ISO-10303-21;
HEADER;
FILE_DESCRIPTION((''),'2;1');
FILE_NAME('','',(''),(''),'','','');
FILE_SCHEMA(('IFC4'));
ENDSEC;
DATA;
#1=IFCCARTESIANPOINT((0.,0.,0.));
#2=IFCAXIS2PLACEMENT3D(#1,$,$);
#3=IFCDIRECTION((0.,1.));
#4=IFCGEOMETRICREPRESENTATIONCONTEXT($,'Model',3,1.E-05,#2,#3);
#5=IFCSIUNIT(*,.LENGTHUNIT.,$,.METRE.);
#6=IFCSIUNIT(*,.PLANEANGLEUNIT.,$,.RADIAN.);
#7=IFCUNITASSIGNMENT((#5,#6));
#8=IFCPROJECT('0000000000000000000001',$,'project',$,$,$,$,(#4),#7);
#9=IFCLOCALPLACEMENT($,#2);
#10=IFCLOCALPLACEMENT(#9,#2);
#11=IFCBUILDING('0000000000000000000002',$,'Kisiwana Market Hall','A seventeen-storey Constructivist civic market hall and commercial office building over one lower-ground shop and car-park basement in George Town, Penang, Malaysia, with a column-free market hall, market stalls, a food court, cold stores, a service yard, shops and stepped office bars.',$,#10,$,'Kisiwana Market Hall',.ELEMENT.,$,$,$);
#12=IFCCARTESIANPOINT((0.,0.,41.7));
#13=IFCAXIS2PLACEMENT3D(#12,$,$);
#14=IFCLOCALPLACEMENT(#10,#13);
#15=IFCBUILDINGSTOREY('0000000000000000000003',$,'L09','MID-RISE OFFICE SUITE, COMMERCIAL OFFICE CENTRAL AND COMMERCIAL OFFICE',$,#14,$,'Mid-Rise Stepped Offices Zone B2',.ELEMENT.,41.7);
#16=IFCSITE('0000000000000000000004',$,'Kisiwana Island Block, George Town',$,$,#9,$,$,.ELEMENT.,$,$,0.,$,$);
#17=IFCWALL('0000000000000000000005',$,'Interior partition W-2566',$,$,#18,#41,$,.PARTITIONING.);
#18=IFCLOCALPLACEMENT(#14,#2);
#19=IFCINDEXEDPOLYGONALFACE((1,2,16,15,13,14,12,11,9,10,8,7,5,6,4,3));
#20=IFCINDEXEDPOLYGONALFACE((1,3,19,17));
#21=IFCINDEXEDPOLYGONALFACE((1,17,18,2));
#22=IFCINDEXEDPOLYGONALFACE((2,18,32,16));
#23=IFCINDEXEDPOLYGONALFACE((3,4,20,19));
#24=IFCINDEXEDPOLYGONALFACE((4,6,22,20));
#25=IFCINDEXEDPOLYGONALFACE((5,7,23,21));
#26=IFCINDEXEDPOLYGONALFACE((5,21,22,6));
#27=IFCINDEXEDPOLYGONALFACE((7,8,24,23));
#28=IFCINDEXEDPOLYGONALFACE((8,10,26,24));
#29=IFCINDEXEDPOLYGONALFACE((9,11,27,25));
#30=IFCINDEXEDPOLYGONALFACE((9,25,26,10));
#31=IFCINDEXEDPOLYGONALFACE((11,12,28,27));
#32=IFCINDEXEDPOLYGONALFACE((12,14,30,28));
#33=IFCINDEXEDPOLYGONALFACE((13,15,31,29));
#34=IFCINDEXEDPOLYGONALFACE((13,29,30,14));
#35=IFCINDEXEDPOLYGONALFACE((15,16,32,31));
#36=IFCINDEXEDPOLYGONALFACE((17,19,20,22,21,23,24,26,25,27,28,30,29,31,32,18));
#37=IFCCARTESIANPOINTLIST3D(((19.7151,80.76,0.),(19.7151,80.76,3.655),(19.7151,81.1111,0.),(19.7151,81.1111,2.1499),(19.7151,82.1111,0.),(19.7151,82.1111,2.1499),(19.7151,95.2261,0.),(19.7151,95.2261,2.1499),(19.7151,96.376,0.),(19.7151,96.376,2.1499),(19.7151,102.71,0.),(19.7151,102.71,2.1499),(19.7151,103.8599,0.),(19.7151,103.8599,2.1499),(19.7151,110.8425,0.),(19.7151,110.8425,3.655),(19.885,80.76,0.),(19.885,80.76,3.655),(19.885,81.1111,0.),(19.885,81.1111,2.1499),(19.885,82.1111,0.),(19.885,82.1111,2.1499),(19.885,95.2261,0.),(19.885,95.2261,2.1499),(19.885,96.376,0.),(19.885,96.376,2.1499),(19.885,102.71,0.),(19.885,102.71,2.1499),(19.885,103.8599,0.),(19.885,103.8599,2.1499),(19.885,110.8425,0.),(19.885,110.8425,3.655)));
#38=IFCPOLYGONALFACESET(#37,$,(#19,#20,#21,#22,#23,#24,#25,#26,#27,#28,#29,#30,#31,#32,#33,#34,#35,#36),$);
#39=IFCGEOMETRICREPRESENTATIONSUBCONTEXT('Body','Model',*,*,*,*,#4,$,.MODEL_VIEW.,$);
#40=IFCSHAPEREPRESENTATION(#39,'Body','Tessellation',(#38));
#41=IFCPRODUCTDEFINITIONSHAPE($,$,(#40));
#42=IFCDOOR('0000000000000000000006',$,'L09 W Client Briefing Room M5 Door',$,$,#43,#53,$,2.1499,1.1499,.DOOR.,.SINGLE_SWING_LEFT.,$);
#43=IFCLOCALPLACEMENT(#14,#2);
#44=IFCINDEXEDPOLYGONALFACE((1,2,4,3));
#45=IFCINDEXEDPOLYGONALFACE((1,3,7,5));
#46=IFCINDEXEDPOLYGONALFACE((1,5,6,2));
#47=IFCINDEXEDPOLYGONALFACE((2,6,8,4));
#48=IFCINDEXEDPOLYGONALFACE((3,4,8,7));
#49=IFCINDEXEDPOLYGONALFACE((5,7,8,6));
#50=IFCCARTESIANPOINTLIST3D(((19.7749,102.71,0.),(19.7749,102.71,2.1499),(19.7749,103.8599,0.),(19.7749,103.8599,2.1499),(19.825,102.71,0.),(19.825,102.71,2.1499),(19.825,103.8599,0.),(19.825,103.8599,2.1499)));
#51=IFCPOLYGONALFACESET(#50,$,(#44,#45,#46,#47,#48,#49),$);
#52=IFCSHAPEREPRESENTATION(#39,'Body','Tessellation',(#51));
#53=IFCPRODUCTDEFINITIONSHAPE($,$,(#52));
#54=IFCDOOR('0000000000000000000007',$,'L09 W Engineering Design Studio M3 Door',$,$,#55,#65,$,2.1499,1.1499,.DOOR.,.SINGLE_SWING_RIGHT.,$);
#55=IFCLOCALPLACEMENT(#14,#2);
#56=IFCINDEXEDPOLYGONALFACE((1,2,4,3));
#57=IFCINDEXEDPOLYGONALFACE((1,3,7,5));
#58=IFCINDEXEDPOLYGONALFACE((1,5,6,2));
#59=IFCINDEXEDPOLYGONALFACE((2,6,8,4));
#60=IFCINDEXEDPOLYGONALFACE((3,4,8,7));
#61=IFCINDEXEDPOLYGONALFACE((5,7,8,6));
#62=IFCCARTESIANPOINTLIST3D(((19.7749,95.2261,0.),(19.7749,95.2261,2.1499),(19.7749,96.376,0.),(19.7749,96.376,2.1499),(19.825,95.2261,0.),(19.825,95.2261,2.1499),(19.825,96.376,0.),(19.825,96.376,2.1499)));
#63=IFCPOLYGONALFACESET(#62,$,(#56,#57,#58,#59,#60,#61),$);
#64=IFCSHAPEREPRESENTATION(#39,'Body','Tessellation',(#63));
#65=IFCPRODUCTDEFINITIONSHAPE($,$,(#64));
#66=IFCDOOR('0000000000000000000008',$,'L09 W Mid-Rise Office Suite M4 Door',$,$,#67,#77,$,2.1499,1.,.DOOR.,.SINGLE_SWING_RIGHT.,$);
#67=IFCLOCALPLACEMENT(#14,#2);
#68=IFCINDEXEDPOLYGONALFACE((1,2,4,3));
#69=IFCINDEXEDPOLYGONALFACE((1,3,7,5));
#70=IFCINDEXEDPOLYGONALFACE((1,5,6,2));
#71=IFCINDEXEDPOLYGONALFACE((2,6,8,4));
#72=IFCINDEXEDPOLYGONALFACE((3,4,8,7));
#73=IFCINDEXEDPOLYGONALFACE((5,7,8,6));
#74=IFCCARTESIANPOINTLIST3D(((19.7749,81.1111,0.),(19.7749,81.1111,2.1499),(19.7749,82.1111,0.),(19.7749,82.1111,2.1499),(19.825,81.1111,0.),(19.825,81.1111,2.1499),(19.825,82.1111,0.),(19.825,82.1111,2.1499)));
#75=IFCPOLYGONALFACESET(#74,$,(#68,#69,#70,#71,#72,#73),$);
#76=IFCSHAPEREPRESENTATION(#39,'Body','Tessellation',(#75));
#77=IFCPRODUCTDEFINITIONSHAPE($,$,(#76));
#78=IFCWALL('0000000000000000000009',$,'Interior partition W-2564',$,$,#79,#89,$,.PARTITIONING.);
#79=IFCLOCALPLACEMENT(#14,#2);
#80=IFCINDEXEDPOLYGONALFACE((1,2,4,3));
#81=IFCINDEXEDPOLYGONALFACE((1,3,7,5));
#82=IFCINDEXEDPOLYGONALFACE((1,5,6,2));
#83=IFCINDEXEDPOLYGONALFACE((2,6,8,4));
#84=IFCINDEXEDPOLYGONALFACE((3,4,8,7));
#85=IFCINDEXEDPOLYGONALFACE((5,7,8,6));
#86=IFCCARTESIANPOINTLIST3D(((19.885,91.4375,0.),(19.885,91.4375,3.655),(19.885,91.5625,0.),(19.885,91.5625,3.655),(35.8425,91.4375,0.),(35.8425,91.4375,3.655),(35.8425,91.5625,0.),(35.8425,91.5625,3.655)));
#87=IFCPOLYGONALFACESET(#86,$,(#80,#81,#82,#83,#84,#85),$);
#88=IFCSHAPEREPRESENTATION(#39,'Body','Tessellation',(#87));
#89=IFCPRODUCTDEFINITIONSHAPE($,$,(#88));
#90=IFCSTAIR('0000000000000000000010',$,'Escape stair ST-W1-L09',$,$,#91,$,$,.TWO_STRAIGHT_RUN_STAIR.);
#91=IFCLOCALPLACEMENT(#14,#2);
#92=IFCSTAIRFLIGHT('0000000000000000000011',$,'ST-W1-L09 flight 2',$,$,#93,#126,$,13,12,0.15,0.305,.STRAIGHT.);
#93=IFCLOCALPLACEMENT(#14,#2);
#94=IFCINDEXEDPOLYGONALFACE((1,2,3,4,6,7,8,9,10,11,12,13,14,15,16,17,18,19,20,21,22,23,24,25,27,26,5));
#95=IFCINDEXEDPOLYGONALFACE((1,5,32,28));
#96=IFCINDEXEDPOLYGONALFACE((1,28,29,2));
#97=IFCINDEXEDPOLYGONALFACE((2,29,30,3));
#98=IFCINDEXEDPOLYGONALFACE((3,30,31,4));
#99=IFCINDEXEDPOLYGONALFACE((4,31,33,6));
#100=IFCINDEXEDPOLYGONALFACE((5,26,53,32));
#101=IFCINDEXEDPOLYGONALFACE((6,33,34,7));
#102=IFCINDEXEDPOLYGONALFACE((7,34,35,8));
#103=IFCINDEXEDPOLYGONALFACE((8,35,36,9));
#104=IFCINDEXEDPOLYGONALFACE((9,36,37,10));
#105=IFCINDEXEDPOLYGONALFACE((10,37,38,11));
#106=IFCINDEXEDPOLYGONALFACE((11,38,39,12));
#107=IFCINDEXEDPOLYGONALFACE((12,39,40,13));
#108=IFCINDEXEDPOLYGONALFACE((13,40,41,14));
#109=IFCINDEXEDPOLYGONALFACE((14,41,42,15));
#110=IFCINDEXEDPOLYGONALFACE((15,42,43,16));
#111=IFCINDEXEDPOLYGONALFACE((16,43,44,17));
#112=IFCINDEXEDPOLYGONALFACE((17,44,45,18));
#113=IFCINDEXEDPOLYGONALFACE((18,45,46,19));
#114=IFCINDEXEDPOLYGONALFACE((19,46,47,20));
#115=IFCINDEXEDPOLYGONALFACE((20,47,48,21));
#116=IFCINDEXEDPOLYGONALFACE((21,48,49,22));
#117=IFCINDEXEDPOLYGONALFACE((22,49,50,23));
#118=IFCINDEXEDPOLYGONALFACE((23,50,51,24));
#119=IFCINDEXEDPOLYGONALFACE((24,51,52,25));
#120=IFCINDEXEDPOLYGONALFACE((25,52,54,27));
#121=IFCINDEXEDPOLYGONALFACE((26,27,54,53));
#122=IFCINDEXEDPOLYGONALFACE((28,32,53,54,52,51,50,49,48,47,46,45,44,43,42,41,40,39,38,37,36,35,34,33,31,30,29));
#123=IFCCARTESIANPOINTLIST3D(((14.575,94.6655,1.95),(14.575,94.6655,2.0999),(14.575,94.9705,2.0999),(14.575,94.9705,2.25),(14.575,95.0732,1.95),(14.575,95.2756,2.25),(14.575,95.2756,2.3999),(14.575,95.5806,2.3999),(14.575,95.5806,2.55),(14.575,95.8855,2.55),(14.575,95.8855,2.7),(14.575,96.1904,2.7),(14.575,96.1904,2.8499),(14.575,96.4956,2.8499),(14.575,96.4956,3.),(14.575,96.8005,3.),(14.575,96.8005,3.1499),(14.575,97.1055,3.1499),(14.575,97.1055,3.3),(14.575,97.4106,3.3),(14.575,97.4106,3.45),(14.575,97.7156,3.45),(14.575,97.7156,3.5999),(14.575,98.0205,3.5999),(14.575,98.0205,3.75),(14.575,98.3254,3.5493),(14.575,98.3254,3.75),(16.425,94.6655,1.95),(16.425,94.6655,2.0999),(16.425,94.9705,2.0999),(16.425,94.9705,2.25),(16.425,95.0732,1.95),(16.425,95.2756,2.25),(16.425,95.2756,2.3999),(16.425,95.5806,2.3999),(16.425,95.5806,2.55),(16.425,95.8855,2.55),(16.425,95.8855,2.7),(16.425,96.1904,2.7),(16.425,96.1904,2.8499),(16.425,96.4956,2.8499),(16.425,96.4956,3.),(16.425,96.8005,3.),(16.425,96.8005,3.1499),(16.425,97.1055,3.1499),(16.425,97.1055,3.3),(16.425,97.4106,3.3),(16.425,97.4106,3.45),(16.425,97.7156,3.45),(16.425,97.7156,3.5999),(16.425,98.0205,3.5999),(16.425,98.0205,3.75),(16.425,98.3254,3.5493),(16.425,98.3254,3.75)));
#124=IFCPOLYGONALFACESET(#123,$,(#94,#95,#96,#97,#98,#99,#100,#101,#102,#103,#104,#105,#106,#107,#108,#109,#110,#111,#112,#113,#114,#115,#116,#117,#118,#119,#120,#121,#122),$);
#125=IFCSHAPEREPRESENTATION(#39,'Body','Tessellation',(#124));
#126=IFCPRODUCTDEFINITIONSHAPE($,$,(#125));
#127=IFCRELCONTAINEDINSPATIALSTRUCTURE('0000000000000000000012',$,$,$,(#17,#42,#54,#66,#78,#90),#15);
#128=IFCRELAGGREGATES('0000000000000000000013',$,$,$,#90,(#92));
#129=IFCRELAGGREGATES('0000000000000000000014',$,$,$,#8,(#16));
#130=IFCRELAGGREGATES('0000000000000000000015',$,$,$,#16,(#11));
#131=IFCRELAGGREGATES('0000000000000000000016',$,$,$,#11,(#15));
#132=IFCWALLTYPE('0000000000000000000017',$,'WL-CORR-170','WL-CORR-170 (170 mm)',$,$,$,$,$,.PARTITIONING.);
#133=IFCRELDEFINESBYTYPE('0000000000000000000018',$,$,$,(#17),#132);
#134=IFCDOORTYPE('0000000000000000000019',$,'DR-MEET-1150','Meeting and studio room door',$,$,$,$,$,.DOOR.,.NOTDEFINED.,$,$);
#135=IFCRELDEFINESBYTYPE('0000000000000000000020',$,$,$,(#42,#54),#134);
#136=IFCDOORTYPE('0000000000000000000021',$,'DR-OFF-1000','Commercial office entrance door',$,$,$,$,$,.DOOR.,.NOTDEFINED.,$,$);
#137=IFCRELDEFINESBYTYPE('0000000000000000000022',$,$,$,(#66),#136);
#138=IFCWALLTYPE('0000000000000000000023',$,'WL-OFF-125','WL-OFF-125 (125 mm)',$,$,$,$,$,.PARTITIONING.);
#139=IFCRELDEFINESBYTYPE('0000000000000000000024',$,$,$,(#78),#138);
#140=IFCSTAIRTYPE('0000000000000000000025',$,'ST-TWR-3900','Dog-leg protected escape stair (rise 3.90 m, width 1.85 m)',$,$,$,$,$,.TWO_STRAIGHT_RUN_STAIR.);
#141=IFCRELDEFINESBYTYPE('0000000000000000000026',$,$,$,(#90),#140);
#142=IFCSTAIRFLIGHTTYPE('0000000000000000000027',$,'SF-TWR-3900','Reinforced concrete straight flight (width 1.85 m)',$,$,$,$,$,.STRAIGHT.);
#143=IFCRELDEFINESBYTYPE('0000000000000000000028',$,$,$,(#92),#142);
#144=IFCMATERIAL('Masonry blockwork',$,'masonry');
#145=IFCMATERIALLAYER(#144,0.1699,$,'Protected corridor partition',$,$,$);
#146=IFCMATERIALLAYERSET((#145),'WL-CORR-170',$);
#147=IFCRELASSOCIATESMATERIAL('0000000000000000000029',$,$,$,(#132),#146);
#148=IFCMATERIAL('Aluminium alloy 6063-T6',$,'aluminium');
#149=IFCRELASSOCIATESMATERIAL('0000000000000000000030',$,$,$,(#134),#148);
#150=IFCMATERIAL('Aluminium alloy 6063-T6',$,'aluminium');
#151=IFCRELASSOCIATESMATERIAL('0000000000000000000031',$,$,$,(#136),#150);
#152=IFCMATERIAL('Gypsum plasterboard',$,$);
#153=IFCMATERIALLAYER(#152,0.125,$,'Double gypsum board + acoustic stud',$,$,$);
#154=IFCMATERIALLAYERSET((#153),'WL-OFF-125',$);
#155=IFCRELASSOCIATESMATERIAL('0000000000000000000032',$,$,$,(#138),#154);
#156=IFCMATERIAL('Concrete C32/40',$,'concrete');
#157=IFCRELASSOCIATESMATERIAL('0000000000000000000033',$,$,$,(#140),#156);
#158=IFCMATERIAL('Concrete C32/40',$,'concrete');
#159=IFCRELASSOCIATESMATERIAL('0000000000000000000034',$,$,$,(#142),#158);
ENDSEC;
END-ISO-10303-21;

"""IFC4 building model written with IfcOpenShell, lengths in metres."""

from ifc_helpers import new_model, si_unit, direction, frame, frame_2d, origin, place, context, subcontext, project, spatial, polyline, rectangle, outline, extrude, material, layer, layer_set, type_object, element, fill, aggregate, save


model = new_model("IFC4")

# Units and contexts
model_context = context("Model", 3, precision=1e-05, world=origin(), true_north=direction((0.0, 1.0)))
body_context = subcontext(model_context, "Body", "Model", "MODEL_VIEW")
ifc_project = project(units=[si_unit("LENGTHUNIT", "METRE"), si_unit("PLANEANGLEUNIT", "RADIAN")], contexts=[model_context])

# Site, building, storey
site_placement = place(None, origin())
site = spatial("IfcSite", under=ifc_project, at=site_placement, Name="Kisiwana Island Block, George Town", CompositionType="ELEMENT", RefElevation=0.0)
building_placement = place(site_placement, origin())
building = spatial("IfcBuilding", under=site, at=building_placement, Name="Kisiwana Market Hall", Description="A seventeen-storey Constructivist civic market hall and commercial office building over one lower-ground shop and car-park basement in George Town, Penang, Malaysia, with a column-free market hall, market stalls, a food court, cold stores, a service yard, shops and stepped office bars.", LongName="Kisiwana Market Hall", CompositionType="ELEMENT")
storey_placement = place(building_placement, frame((0.0, 0.0, 41.7)))
storey = spatial("IfcBuildingStorey", under=building, at=storey_placement, Name="L09", Description="MID-RISE OFFICE SUITE, COMMERCIAL OFFICE CENTRAL AND COMMERCIAL OFFICE", LongName="Mid-Rise Stepped Offices Zone B2", CompositionType="ELEMENT", Elevation=41.7)

# Wall, openings, doors
ifc_material_1 = material(Name="Masonry blockwork", Category="masonry")
ifc_layer_1 = layer(ifc_material_1, 0.1699, Name="Protected corridor partition")
ifc_layer_set_1 = layer_set([ifc_layer_1], Name="WL-CORR-170")
wall_type_1 = type_object("IfcWallType", Name="WL-CORR-170", Description="WL-CORR-170 (170 mm)", PredefinedType="PARTITIONING", material=ifc_layer_set_1)
wall_1_placement = place(storey_placement, frame((19.8, 80.76, 0.0), z_axis=(0.0, 0.0, 1.0), x_axis=(0.0, 1.0, 0.0)))
wall_1 = element("IfcWall", 1, at=wall_1_placement, inside=storey, type_object=wall_type_1, Name="Interior partition W-2566", PredefinedType="PARTITIONING", context=body_context, shape_type="SweptSolid", body=[
    extrude(rectangle(XDim=30.0825, YDim=0.1699, at=frame_2d((15.0413, 0.0))), origin(), (0.0, 0.0, 1.0), 3.655),
])
opening_1_placement = place(wall_1_placement, frame((0.3511, 0.0, 0.0)))
opening_1 = element("IfcOpeningElement", 2, at=opening_1_placement, cuts=wall_1, PredefinedType="OPENING", context=body_context, shape_type="SweptSolid", body=[
    extrude(rectangle(XDim=1.0, YDim=2.1499, at=frame_2d((0.5, 1.075))), frame((0.0, 0.0969, 0.0), z_axis=(0.0, -1.0, 0.0), x_axis=(1.0, 0.0, 0.0)), (0.0, 0.0, 1.0), 0.1938),
])
opening_2_placement = place(wall_1_placement, frame((21.95, 0.0, 0.0)))
opening_2 = element("IfcOpeningElement", 3, at=opening_2_placement, cuts=wall_1, PredefinedType="OPENING", context=body_context, shape_type="SweptSolid", body=[
    extrude(rectangle(XDim=1.1499, YDim=2.1499, at=frame_2d((0.575, 1.075))), frame((0.0, 0.0969, 0.0), z_axis=(0.0, -1.0, 0.0), x_axis=(1.0, 0.0, 0.0)), (0.0, 0.0, 1.0), 0.1938),
])
opening_3_placement = place(wall_1_placement, frame((14.4661, 0.0, 0.0)))
opening_3 = element("IfcOpeningElement", 4, at=opening_3_placement, cuts=wall_1, PredefinedType="OPENING", context=body_context, shape_type="SweptSolid", body=[
    extrude(rectangle(XDim=1.1499, YDim=2.1499, at=frame_2d((0.575, 1.075))), frame((0.0, 0.0969, 0.0), z_axis=(0.0, -1.0, 0.0), x_axis=(1.0, 0.0, 0.0)), (0.0, 0.0, 1.0), 0.1938),
])
ifc_material_2 = material(Name="Aluminium alloy 6063-T6", Category="aluminium")
door_type_1 = type_object("IfcDoorType", Name="DR-MEET-1150", Description="Meeting and studio room door", OperationType="NOTDEFINED", PredefinedType="DOOR", material=ifc_material_2)
door_1_placement = place(opening_2_placement, frame((1.1499, 0.0, 0.0), z_axis=(0.0, 0.0, 1.0), x_axis=(-1.0, 0.0, 0.0)))
door_1 = element("IfcDoor", 5, at=door_1_placement, inside=storey, type_object=door_type_1, Name="L09 W Client Briefing Room M5 Door", OperationType="SINGLE_SWING_LEFT", OverallHeight=2.1499, OverallWidth=1.1499, PredefinedType="DOOR", context=body_context, shape_type="SweptSolid", body=[
    extrude(rectangle(XDim=1.1499, YDim=2.1499, at=frame_2d((0.575, 1.075))), frame((0.0, 0.0249, 0.0), z_axis=(0.0, -1.0, 0.0), x_axis=(1.0, 0.0, 0.0)), (0.0, 0.0, 1.0), 0.05),
])
fill(opening_2, door_1)
door_2_placement = place(opening_3_placement, frame((1.1499, 0.0, 0.0), z_axis=(0.0, 0.0, 1.0), x_axis=(-1.0, 0.0, 0.0)))
door_2 = element("IfcDoor", 6, at=door_2_placement, inside=storey, type_object=door_type_1, Name="L09 W Engineering Design Studio M3 Door", OperationType="SINGLE_SWING_RIGHT", OverallHeight=2.1499, OverallWidth=1.1499, PredefinedType="DOOR", context=body_context, shape_type="SweptSolid", body=[
    extrude(rectangle(XDim=1.1499, YDim=2.1499, at=frame_2d((0.575, 1.075))), frame((0.0, 0.0249, 0.0), z_axis=(0.0, -1.0, 0.0), x_axis=(1.0, 0.0, 0.0)), (0.0, 0.0, 1.0), 0.05),
])
fill(opening_3, door_2)
ifc_material_3 = material(Name="Aluminium alloy 6063-T6", Category="aluminium")
door_type_2 = type_object("IfcDoorType", Name="DR-OFF-1000", Description="Commercial office entrance door", OperationType="NOTDEFINED", PredefinedType="DOOR", material=ifc_material_3)
door_3_placement = place(opening_1_placement, frame((1.0, 0.0, 0.0), z_axis=(0.0, 0.0, 1.0), x_axis=(-1.0, 0.0, 0.0)))
door_3 = element("IfcDoor", 7, at=door_3_placement, inside=storey, type_object=door_type_2, Name="L09 W Mid-Rise Office Suite M4 Door", OperationType="SINGLE_SWING_RIGHT", OverallHeight=2.1499, OverallWidth=1.0, PredefinedType="DOOR", context=body_context, shape_type="SweptSolid", body=[
    extrude(rectangle(XDim=1.0, YDim=2.1499, at=frame_2d((0.5, 1.075))), frame((0.0, 0.0249, 0.0), z_axis=(0.0, -1.0, 0.0), x_axis=(1.0, 0.0, 0.0)), (0.0, 0.0, 1.0), 0.05),
])
fill(opening_1, door_3)

# Wall
ifc_material_4 = material(Name="Gypsum plasterboard")
ifc_layer_2 = layer(ifc_material_4, 0.125, Name="Double gypsum board + acoustic stud")
ifc_layer_set_2 = layer_set([ifc_layer_2], Name="WL-OFF-125")
wall_type_2 = type_object("IfcWallType", Name="WL-OFF-125", Description="WL-OFF-125 (125 mm)", PredefinedType="PARTITIONING", material=ifc_layer_set_2)
wall_2_placement = place(storey_placement, frame((19.885, 91.5, 0.0), z_axis=(0.0, 0.0, 1.0), x_axis=(1.0, 0.0, 0.0)))
element("IfcWall", 8, at=wall_2_placement, inside=storey, type_object=wall_type_2, Name="Interior partition W-2564", PredefinedType="PARTITIONING", context=body_context, shape_type="SweptSolid", body=[
    extrude(rectangle(XDim=15.9575, YDim=0.125, at=frame_2d((7.9788, 0.0))), origin(), (0.0, 0.0, 1.0), 3.655),
])

# Stair, stair flight
ifc_material_5 = material(Name="Concrete C32/40", Category="concrete")
stair_type = type_object("IfcStairType", Name="ST-TWR-3900", Description="Dog-leg protected escape stair (rise 3.90 m, width 1.85 m)", PredefinedType="TWO_STRAIGHT_RUN_STAIR", material=ifc_material_5)
stair_placement = place(storey_placement, origin())
stair = element("IfcStair", 9, at=stair_placement, inside=storey, type_object=stair_type, Name="Escape stair ST-W1-L09", PredefinedType="TWO_STRAIGHT_RUN_STAIR")
ifc_material_6 = material(Name="Concrete C32/40", Category="concrete")
stair_flight_type = type_object("IfcStairFlightType", Name="SF-TWR-3900", Description="Reinforced concrete straight flight (width 1.85 m)", PredefinedType="STRAIGHT", material=ifc_material_6)
stair_flight_placement = place(storey_placement, frame((15.5, 94.6655, 1.95), z_axis=(0.0, 0.0, 1.0), x_axis=(0.0, 1.0, 0.0)))
stair_flight = element("IfcStairFlight", 10, at=stair_flight_placement, type_object=stair_flight_type, Name="ST-W1-L09 flight 2", NumberOfRisers=13, NumberOfTreads=12, PredefinedType="STRAIGHT", RiserHeight=0.15, TreadLength=0.305, context=body_context, shape_type="SweptSolid", body=[
    extrude(outline(polyline([(0.0, 0.0), (0.0, 0.1499), (0.3049, 0.1499), (0.3049, 0.3), (0.6101, 0.3), (0.6101, 0.45), (0.915, 0.45), (0.915, 0.6001), (1.22, 0.6001), (1.22, 0.75), (1.5249, 0.75), (1.5249, 0.8999), (1.8301, 0.8999), (1.8301, 1.05), (2.135, 1.05), (2.135, 1.2), (2.4399, 1.2), (2.4399, 1.3501), (2.7451, 1.3501), (2.7451, 1.5), (3.05, 1.5), (3.05, 1.6499), (3.355, 1.6499), (3.355, 1.8), (3.6599, 1.8), (3.6599, 1.95), (3.6599, 1.5994), (0.4077, 0.0), (0.0, 0.0)])), frame((0.0, 0.925, 0.0), z_axis=(0.0, -1.0, 0.0), x_axis=(1.0, 0.0, 0.0)), (0.0, 0.0, 1.0), 1.8501),
])
aggregate(stair, [stair_flight])

save(model, "model.ifc")
